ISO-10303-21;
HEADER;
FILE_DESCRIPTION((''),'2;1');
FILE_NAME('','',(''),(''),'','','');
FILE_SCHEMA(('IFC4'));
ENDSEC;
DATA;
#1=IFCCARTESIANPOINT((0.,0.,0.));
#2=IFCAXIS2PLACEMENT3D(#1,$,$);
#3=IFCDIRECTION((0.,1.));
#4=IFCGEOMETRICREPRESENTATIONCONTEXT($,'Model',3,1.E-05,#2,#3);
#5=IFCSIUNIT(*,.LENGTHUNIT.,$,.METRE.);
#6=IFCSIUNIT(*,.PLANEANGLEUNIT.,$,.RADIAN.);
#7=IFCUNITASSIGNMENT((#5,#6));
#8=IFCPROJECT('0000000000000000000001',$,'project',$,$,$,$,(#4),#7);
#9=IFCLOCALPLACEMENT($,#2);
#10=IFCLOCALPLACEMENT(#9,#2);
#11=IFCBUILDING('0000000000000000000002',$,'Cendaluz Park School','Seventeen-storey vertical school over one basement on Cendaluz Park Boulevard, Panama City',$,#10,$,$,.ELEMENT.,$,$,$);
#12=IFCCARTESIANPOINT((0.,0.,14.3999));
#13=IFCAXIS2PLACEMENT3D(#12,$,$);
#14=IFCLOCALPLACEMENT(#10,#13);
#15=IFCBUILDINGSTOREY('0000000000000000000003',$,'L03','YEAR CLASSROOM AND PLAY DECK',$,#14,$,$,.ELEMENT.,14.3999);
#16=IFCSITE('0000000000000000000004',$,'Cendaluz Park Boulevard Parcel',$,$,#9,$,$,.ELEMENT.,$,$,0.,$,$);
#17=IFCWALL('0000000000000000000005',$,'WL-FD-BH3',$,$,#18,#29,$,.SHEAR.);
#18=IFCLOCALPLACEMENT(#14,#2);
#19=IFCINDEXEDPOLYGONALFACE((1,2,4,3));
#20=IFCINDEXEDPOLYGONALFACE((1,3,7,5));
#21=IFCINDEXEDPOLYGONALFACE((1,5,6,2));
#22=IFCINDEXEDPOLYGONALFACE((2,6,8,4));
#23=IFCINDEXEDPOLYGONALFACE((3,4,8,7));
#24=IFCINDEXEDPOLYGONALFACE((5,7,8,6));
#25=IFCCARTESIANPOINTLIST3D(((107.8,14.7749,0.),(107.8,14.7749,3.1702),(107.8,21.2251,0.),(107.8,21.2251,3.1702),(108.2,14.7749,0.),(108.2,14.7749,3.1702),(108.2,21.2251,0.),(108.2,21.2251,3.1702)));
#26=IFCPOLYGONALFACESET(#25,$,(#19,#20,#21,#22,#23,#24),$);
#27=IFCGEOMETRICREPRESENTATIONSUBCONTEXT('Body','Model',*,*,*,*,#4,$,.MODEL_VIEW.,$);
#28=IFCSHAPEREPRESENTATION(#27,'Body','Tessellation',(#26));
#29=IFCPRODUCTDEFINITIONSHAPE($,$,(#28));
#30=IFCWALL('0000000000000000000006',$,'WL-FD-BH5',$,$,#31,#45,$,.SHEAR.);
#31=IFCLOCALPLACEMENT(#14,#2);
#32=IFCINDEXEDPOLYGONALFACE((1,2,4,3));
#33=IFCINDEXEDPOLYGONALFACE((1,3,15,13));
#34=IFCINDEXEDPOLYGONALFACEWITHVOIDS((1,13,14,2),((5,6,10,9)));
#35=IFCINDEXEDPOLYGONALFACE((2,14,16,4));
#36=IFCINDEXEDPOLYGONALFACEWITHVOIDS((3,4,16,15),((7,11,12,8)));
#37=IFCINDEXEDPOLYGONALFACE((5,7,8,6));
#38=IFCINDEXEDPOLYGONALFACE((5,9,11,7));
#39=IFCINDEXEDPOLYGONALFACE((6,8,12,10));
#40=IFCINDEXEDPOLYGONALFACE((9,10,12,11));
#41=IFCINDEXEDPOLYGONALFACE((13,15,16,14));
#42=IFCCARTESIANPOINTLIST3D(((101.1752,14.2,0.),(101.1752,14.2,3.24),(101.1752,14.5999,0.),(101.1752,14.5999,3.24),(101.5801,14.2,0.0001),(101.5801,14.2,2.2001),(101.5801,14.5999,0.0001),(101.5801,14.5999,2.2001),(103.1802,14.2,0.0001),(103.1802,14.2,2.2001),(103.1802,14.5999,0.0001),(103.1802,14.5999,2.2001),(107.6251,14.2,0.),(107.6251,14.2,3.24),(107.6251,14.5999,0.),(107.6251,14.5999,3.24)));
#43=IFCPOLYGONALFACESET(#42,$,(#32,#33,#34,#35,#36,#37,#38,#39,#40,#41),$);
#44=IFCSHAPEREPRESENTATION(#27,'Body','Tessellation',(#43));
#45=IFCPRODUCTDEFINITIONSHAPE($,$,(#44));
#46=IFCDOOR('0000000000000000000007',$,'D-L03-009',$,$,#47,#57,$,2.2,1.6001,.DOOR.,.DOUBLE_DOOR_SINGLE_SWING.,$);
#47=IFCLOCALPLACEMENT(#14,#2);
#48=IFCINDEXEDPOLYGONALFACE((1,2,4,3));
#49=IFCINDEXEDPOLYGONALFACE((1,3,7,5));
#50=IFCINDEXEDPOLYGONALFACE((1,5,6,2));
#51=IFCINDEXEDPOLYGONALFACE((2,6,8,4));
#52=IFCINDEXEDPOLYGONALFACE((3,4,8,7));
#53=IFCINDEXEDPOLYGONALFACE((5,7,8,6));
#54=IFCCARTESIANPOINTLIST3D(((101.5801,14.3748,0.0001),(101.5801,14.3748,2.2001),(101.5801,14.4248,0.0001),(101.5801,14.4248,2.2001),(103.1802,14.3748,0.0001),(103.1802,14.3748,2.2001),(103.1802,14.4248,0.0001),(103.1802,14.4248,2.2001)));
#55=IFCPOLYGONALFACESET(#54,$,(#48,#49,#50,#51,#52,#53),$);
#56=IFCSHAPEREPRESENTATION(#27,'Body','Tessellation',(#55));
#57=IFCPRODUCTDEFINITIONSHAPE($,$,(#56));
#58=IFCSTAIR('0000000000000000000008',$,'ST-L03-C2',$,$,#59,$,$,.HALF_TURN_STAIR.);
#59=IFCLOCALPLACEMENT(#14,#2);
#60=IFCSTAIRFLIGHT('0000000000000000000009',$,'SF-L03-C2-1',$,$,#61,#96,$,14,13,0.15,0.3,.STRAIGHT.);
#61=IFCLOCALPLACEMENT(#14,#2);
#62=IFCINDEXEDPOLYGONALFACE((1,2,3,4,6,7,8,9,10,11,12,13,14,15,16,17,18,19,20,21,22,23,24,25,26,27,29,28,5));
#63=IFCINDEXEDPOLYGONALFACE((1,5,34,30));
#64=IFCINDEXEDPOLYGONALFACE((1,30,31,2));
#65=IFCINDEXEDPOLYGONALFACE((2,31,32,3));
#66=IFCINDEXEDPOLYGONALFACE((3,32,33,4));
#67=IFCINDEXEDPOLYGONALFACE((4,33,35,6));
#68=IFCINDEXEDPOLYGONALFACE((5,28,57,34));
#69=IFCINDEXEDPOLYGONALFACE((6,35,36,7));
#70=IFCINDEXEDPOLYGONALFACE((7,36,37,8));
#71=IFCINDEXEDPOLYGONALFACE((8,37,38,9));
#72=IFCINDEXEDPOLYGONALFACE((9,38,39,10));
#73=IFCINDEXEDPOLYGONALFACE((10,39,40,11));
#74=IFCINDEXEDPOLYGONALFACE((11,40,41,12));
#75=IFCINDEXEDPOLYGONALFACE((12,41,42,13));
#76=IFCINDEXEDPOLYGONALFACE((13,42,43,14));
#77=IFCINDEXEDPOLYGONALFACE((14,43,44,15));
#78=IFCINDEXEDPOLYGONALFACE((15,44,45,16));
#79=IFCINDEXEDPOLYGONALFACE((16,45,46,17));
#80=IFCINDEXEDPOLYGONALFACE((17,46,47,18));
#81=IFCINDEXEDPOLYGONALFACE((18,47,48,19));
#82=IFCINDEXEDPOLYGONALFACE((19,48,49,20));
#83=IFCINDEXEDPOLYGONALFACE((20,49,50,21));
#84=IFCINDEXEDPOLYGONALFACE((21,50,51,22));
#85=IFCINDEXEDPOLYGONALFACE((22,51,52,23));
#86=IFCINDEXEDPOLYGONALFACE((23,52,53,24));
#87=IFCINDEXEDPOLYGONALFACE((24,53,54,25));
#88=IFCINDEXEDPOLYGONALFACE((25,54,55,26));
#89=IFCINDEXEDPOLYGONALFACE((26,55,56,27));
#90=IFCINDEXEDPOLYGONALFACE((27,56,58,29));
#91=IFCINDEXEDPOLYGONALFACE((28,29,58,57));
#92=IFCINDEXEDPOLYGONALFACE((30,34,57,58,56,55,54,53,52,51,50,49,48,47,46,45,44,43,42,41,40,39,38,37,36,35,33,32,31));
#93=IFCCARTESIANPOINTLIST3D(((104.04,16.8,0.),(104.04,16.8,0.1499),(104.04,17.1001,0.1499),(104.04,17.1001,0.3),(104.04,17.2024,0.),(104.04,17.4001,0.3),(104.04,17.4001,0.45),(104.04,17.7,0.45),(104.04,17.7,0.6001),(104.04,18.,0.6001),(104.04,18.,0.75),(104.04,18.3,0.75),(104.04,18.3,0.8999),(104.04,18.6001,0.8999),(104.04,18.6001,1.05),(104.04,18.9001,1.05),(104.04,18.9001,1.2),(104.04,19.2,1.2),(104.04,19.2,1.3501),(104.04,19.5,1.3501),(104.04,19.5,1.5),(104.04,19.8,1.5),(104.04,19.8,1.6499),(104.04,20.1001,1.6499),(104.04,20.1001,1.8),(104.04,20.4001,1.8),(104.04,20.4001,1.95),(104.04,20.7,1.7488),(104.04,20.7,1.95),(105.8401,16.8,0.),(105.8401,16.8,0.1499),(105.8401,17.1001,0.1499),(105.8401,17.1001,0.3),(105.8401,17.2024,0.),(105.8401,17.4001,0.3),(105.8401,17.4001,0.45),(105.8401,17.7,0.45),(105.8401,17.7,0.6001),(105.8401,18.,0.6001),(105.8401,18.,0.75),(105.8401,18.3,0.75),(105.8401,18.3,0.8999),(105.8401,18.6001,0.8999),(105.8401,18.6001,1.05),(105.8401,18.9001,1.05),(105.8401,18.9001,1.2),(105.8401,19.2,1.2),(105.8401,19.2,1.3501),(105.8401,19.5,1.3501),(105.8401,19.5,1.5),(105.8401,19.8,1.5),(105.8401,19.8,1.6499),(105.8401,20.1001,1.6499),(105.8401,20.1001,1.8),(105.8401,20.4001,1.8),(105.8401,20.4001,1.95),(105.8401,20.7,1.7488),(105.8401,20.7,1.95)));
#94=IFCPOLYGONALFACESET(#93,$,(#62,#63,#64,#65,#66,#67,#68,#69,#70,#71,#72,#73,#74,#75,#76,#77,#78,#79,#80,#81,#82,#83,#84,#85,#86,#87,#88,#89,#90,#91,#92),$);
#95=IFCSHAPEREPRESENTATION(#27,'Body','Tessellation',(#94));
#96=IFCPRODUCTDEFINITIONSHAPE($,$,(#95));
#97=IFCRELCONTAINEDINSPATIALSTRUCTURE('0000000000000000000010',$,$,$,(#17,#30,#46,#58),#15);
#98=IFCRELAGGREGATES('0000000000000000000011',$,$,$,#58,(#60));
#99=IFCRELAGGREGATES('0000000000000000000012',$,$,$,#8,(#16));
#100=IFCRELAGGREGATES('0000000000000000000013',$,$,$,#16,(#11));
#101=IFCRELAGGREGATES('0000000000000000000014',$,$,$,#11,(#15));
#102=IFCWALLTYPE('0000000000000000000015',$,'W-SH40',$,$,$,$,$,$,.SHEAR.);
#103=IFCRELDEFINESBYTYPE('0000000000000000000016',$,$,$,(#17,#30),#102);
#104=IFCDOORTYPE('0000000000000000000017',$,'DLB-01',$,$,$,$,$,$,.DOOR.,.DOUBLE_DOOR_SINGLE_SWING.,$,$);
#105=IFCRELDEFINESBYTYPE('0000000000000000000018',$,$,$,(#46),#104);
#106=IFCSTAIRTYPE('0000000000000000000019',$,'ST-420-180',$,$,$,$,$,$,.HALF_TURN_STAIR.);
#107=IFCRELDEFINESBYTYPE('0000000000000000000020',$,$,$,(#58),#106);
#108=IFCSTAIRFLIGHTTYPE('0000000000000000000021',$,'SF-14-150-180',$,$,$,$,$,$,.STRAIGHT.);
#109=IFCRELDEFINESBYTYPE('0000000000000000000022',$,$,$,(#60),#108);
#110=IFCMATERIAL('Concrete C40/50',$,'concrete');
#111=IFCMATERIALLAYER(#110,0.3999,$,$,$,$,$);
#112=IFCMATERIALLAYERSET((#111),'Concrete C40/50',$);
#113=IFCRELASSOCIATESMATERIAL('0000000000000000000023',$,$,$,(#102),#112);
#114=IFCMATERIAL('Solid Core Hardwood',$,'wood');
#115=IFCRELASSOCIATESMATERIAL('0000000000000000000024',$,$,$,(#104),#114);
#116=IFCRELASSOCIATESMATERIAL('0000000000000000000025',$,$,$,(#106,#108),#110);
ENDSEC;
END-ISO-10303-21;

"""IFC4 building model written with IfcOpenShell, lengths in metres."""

from ifc_helpers import new_model, si_unit, direction, frame, frame_2d, origin, place, context, subcontext, project, spatial, polyline, rectangle, outline, extrude, material, layer, layer_set, type_object, element, fill, aggregate, save


model = new_model("IFC4")

# Units and contexts
model_context = context("Model", 3, precision=1e-05, world=origin(), true_north=direction((0.0, 1.0)))
body_context = subcontext(model_context, "Body", "Model", "MODEL_VIEW")
ifc_project = project(units=[si_unit("LENGTHUNIT", "METRE"), si_unit("PLANEANGLEUNIT", "RADIAN")], contexts=[model_context])

# Site, building, storey
site_placement = place(None, origin())
site = spatial("IfcSite", under=ifc_project, at=site_placement, Name="Cendaluz Park Boulevard Parcel", CompositionType="ELEMENT", RefElevation=0.0)
building_placement = place(site_placement, origin())
building = spatial("IfcBuilding", under=site, at=building_placement, Name="Cendaluz Park School", Description="Seventeen-storey vertical school over one basement on Cendaluz Park Boulevard, Panama City", CompositionType="ELEMENT")
storey_placement = place(building_placement, frame((0.0, 0.0, 14.3999)))
storey = spatial("IfcBuildingStorey", under=building, at=storey_placement, Name="L03", Description="YEAR CLASSROOM AND PLAY DECK", CompositionType="ELEMENT", Elevation=14.3999)

# Shared definitions
ifc_material_1 = material(Name="Concrete C40/50", Category="concrete")

# Shared definitions
ifc_material_2 = material(Name="Solid Core Hardwood", Category="wood")

# Shared definitions
ifc_layer_1 = layer(ifc_material_1, 0.3999)
ifc_layer_set_1 = layer_set([ifc_layer_1], Name="Concrete C40/50")
wall_type_1 = type_object("IfcWallType", Name="W-SH40", PredefinedType="SHEAR", material=ifc_layer_set_1)
door_type_1 = type_object("IfcDoorType", Name="DLB-01", OperationType="DOUBLE_DOOR_SINGLE_SWING", PredefinedType="DOOR", material=ifc_material_2)

# Wall
wall_1_placement = place(storey_placement, frame((108.0, 14.7749, 0.0), z_axis=(0.0, 0.0, 1.0), x_axis=(0.0, 1.0, 0.0)))
element("IfcWall", 1, at=wall_1_placement, inside=storey, type_object=wall_type_1, Name="WL-FD-BH3", PredefinedType="SHEAR", context=body_context, shape_type="SweptSolid", body=[
    extrude(rectangle(XDim=6.4502, YDim=0.3999, at=frame_2d((3.2251, 0.0))), origin(), (0.0, 0.0, 1.0), 3.1702),
])

# Wall, opening, door
wall_2_placement = place(storey_placement, frame((101.175, 14.3999, 0.0), z_axis=(0.0, 0.0, 1.0), x_axis=(1.0, 0.0, 0.0)))
wall_2 = element("IfcWall", 2, at=wall_2_placement, inside=storey, type_object=wall_type_1, Name="WL-FD-BH5", PredefinedType="SHEAR", context=body_context, shape_type="SweptSolid", body=[
    extrude(rectangle(XDim=6.45, YDim=0.3999, at=frame_2d((3.2251, 0.0))), origin(), (0.0, 0.0, 1.0), 3.24),
])
opening_1_placement = place(wall_2_placement, frame((0.405, 0.0, 0.0)))
opening_1 = element("IfcOpeningElement", 3, at=opening_1_placement, cuts=wall_2, PredefinedType="OPENING", context=body_context, shape_type="SweptSolid", body=[
    extrude(rectangle(XDim=1.6001, YDim=2.2, at=frame_2d((0.8, 1.1001))), frame((0.0, 0.2119, 0.0), z_axis=(0.0, -1.0, 0.0), x_axis=(1.0, 0.0, 0.0)), (0.0, 0.0, 1.0), 0.4238),
])
door_1_placement = place(opening_1_placement, origin())
door_1 = element("IfcDoor", 4, at=door_1_placement, inside=storey, type_object=door_type_1, Name="D-L03-009", OperationType="DOUBLE_DOOR_SINGLE_SWING", OverallHeight=2.2, OverallWidth=1.6001, PredefinedType="DOOR", context=body_context, shape_type="SweptSolid", body=[
    extrude(rectangle(XDim=1.6001, YDim=2.2, at=frame_2d((0.8, 1.1001))), frame((0.0, 0.0249, 0.0), z_axis=(0.0, -1.0, 0.0), x_axis=(1.0, 0.0, 0.0)), (0.0, 0.0, 1.0), 0.05),
])
fill(opening_1, door_1)

# Stair, stair flight
stair_type = type_object("IfcStairType", Name="ST-420-180", PredefinedType="HALF_TURN_STAIR", material=ifc_material_1)
stair_placement = place(storey_placement, origin())
stair = element("IfcStair", 5, at=stair_placement, inside=storey, type_object=stair_type, Name="ST-L03-C2", PredefinedType="HALF_TURN_STAIR")
stair_flight_type = type_object("IfcStairFlightType", Name="SF-14-150-180", PredefinedType="STRAIGHT", material=ifc_material_1)
stair_flight_placement = place(storey_placement, frame((104.9399, 16.8, 0.0), z_axis=(0.0, 0.0, 1.0), x_axis=(0.0, 1.0, 0.0)))
stair_flight = element("IfcStairFlight", 6, at=stair_flight_placement, type_object=stair_flight_type, Name="SF-L03-C2-1", NumberOfRisers=14, NumberOfTreads=13, PredefinedType="STRAIGHT", RiserHeight=0.15, TreadLength=0.3, context=body_context, shape_type="SweptSolid", body=[
    extrude(outline(polyline([(0.0, 0.0), (0.0, 0.1499), (0.3, 0.1499), (0.3, 0.3), (0.6001, 0.3), (0.6001, 0.45), (0.8999, 0.45), (0.8999, 0.6001), (1.2, 0.6001), (1.2, 0.75), (1.5, 0.75), (1.5, 0.8999), (1.8, 0.8999), (1.8, 1.05), (2.1001, 1.05), (2.1001, 1.2), (2.3999, 1.2), (2.3999, 1.3501), (2.7, 1.3501), (2.7, 1.5), (3.0, 1.5), (3.0, 1.6499), (3.3, 1.6499), (3.3, 1.8), (3.6001, 1.8), (3.6001, 1.95), (3.8999, 1.95), (3.8999, 2.1001), (3.8999, 1.7488), (0.4023, 0.0), (0.0, 0.0)])), frame((0.0, 0.8999, 0.0), z_axis=(0.0, -1.0, 0.0), x_axis=(1.0, 0.0, 0.0)), (0.0, 0.0, 1.0), 1.8),
])
aggregate(stair, [stair_flight])

save(model, "model.ifc")
